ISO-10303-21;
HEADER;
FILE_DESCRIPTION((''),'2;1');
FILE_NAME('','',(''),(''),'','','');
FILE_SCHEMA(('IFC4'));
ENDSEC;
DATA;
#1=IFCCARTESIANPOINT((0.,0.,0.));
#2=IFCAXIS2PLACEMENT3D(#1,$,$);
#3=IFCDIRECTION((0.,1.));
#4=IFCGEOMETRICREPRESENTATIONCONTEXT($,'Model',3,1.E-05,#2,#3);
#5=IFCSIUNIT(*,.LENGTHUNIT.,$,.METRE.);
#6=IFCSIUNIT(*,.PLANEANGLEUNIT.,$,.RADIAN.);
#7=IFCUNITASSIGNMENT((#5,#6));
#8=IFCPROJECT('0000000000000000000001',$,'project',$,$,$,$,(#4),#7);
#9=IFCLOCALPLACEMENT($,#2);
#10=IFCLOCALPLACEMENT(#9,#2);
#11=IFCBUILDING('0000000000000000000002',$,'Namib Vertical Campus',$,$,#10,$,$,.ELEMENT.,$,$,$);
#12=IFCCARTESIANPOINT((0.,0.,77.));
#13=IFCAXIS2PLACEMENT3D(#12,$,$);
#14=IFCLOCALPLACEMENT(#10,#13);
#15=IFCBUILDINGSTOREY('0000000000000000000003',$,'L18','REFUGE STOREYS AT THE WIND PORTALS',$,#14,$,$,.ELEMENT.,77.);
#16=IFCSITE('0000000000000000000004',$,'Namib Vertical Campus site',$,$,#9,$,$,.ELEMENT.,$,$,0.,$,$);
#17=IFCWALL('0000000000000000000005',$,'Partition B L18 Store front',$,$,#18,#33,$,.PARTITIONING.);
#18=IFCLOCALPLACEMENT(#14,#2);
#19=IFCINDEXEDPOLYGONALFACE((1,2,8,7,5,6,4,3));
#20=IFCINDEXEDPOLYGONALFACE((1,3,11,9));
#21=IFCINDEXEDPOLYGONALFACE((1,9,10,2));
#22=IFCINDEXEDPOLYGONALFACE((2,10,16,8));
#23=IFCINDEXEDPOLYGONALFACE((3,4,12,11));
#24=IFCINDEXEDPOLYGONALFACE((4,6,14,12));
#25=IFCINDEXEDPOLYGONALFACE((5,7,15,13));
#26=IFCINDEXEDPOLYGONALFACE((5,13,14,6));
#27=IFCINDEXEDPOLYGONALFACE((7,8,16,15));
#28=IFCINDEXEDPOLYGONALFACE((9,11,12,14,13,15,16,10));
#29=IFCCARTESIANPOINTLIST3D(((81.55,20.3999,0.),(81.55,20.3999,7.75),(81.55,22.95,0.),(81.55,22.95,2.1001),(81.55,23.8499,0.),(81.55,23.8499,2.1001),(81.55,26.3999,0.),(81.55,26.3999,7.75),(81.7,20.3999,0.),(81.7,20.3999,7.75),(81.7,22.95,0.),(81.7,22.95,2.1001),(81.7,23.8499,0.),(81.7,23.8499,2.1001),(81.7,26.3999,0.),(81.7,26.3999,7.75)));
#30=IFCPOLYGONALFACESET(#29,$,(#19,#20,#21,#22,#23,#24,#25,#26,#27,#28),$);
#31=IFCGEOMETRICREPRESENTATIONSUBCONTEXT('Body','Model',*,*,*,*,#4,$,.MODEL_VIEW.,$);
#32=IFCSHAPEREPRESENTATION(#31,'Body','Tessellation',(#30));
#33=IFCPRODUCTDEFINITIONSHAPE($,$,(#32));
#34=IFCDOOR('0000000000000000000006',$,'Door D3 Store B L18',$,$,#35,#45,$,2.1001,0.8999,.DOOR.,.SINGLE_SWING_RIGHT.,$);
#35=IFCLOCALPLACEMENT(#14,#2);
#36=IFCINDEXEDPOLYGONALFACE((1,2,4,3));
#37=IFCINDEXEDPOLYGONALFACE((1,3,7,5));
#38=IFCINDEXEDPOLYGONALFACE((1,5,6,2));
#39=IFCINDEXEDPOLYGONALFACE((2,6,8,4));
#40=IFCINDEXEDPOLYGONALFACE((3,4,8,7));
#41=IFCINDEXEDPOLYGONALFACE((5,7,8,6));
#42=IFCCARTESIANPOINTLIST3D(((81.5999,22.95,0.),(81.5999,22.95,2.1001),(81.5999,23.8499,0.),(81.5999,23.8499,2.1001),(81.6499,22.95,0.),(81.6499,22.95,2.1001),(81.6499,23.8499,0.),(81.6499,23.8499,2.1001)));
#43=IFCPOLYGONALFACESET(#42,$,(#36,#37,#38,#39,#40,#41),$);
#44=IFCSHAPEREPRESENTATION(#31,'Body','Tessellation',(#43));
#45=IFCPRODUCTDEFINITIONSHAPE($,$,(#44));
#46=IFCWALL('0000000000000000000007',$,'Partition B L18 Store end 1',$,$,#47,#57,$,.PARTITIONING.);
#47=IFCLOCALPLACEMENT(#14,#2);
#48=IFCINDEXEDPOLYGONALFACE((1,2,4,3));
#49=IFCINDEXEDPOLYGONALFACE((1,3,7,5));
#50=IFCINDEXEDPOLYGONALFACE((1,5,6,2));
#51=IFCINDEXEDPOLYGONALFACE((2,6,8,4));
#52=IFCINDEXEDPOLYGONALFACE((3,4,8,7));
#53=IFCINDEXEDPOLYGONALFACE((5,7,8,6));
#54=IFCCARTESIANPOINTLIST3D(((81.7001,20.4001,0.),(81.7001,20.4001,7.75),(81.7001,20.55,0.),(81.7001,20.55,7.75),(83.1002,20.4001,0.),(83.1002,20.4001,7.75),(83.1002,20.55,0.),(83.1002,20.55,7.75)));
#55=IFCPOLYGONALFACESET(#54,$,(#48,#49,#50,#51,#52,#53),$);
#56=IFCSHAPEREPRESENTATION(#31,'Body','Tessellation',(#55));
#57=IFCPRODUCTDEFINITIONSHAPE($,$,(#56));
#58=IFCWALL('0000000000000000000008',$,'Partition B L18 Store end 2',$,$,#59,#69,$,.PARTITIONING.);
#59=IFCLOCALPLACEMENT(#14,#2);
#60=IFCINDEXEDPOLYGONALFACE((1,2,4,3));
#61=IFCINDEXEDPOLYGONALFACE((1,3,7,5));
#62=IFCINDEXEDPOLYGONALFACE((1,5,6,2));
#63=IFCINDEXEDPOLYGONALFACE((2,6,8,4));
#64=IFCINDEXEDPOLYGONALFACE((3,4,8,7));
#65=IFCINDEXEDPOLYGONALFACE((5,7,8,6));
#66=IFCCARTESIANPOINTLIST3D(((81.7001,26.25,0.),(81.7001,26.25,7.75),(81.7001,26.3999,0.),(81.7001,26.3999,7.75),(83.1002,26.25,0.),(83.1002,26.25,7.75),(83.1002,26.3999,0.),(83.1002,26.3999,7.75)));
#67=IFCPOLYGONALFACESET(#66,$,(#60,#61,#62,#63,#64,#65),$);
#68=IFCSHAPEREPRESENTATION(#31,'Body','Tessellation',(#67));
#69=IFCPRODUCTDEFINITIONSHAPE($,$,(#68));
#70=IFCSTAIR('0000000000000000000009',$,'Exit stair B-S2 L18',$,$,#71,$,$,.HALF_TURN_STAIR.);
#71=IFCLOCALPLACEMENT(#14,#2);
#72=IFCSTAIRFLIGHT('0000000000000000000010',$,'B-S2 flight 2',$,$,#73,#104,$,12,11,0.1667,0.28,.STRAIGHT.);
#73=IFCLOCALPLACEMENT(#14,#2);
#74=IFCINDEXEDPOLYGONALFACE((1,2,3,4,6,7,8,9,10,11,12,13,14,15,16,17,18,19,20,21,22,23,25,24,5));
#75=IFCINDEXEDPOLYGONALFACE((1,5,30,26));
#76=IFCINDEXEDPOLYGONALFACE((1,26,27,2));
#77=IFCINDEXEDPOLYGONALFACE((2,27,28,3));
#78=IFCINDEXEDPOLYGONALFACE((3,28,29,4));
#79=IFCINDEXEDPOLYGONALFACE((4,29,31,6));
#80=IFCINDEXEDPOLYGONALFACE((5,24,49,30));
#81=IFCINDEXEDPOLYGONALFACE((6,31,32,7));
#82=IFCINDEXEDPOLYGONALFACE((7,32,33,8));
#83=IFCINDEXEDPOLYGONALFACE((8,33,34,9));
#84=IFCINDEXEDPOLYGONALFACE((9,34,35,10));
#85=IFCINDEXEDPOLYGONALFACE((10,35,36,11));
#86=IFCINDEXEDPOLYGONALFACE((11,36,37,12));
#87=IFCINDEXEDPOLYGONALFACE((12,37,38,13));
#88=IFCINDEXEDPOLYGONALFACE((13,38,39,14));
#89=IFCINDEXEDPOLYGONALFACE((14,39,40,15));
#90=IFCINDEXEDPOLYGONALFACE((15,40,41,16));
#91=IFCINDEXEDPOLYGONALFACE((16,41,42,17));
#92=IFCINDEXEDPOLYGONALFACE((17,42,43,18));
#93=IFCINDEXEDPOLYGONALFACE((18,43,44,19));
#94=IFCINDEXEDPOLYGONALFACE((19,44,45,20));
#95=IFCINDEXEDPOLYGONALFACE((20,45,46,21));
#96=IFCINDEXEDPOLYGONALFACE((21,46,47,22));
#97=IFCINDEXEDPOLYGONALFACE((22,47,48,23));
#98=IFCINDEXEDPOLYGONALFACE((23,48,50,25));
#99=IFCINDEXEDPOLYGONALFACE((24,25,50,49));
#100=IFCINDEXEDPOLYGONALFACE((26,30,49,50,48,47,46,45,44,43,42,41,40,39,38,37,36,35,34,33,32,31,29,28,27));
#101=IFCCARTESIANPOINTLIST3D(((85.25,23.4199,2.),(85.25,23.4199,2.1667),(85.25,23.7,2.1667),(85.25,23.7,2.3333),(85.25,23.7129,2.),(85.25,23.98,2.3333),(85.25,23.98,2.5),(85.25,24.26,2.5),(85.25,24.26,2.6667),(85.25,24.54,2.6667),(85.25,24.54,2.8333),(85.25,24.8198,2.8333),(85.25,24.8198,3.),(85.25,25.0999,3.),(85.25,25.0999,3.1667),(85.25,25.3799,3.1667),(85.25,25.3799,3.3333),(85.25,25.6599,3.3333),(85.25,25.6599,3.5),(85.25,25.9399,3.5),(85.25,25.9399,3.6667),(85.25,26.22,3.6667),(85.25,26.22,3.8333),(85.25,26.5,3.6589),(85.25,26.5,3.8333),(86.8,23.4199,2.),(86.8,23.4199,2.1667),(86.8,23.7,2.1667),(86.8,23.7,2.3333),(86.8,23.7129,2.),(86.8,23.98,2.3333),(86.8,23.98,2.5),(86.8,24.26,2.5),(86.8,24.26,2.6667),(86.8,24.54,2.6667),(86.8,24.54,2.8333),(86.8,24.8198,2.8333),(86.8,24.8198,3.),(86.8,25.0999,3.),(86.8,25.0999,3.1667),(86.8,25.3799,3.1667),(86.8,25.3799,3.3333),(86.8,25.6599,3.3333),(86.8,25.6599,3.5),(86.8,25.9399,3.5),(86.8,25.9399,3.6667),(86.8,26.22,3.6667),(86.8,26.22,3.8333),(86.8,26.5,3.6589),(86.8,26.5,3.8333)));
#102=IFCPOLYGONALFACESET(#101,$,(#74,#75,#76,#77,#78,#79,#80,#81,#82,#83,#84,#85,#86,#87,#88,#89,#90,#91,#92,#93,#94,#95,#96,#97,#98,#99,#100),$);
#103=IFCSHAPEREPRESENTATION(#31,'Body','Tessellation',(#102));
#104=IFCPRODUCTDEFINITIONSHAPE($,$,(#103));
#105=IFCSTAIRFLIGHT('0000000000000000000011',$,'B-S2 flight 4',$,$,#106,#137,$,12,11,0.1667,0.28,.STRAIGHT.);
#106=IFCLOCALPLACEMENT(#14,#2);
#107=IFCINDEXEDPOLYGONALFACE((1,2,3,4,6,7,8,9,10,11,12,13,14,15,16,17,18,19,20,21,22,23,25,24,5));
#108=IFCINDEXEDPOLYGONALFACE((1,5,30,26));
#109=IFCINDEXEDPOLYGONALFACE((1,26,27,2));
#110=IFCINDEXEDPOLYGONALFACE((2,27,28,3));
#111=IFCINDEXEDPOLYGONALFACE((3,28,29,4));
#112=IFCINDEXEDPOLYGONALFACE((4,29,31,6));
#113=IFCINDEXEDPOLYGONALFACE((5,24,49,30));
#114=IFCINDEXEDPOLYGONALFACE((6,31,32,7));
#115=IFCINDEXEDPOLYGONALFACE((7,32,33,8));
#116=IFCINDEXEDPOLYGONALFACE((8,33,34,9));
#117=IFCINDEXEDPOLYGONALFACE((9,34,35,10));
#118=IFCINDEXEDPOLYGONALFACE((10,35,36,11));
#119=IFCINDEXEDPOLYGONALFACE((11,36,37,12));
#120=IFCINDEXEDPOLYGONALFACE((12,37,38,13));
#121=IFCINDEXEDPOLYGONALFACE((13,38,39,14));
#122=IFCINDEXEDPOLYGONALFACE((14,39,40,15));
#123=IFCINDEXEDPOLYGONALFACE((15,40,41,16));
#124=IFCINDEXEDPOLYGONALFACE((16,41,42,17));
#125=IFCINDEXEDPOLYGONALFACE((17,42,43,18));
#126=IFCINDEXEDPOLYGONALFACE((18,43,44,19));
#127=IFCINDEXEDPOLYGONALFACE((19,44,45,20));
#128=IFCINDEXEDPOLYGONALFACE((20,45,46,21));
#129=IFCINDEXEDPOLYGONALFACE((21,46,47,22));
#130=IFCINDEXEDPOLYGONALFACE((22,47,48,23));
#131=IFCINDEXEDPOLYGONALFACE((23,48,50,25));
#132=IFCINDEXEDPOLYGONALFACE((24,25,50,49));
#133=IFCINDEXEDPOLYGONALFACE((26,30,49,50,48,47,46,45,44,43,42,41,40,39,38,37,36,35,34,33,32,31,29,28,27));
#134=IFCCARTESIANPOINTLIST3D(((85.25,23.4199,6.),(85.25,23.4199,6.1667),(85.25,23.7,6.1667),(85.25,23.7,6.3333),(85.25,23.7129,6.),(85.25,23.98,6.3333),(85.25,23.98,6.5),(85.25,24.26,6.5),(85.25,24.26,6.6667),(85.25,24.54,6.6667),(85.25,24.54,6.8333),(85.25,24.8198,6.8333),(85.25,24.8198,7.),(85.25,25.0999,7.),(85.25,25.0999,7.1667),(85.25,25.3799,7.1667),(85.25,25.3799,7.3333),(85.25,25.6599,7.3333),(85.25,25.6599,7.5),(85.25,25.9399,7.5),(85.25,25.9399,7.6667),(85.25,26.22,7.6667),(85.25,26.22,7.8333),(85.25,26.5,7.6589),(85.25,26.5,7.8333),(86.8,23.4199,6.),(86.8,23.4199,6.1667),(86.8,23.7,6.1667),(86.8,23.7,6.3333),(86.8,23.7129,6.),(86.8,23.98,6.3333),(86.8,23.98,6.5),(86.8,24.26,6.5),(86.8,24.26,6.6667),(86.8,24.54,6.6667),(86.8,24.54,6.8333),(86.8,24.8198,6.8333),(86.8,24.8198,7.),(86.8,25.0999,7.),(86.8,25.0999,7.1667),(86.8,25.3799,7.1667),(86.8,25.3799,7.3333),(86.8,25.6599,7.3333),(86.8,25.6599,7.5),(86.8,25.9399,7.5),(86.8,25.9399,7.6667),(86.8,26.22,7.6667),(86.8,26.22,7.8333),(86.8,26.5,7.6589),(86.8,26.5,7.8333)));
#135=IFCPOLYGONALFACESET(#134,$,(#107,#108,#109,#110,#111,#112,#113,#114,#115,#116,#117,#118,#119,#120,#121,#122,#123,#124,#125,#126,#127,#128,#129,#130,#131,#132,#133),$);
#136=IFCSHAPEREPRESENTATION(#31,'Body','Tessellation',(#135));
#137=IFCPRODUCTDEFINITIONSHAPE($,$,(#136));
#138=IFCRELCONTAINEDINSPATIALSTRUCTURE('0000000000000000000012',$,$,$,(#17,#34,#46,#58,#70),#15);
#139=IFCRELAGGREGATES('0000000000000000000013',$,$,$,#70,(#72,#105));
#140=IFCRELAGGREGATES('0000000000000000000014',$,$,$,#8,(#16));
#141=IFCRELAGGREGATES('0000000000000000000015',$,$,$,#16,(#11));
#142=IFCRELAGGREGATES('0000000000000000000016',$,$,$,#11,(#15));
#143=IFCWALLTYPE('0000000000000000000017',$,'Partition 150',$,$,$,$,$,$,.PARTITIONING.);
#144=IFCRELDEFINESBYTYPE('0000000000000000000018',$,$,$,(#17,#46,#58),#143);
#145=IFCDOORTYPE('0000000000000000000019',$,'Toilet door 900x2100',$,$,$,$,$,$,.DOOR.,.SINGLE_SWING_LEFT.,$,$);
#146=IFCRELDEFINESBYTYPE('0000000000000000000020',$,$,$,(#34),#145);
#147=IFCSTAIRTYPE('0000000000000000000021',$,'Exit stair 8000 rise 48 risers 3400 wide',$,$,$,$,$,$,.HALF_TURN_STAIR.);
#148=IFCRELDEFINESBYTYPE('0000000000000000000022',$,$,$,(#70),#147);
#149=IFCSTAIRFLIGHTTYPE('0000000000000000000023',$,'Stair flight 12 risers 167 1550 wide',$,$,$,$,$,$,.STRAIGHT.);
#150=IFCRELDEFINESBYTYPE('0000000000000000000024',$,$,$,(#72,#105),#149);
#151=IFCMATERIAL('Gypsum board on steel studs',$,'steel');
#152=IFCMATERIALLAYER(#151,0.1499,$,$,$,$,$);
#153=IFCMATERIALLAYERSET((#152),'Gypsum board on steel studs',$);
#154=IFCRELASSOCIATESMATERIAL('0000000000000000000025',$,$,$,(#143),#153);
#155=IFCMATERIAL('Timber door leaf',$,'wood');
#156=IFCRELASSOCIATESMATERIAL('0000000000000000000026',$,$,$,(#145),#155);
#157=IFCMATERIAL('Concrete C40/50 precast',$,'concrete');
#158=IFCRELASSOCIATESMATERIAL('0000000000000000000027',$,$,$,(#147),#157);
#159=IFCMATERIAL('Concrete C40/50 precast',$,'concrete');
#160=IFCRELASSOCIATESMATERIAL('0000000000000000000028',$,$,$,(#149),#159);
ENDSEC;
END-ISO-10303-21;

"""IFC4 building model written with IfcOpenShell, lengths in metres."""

from ifc_helpers import new_model, si_unit, direction, frame, frame_2d, origin, place, context, subcontext, project, spatial, polyline, rectangle, outline, extrude, material, layer, layer_set, type_object, element, fill, aggregate, save


model = new_model("IFC4")

# Units and contexts
model_context = context("Model", 3, precision=1e-05, world=origin(), true_north=direction((0.0, 1.0)))
body_context = subcontext(model_context, "Body", "Model", "MODEL_VIEW")
ifc_project = project(units=[si_unit("LENGTHUNIT", "METRE"), si_unit("PLANEANGLEUNIT", "RADIAN")], contexts=[model_context])

# Site, building, storey
site_placement = place(None, origin())
site = spatial("IfcSite", under=ifc_project, at=site_placement, Name="Namib Vertical Campus site", CompositionType="ELEMENT", RefElevation=0.0)
building_placement = place(site_placement, origin())
building = spatial("IfcBuilding", under=site, at=building_placement, Name="Namib Vertical Campus", CompositionType="ELEMENT")
storey_placement = place(building_placement, frame((0.0, 0.0, 77.0)))
storey = spatial("IfcBuildingStorey", under=building, at=storey_placement, Name="L18", Description="REFUGE STOREYS AT THE WIND PORTALS", CompositionType="ELEMENT", Elevation=77.0)

# Wall, opening, door
ifc_material_1 = material(Name="Gypsum board on steel studs", Category="steel")
ifc_layer_1 = layer(ifc_material_1, 0.1499)
ifc_layer_set_1 = layer_set([ifc_layer_1], Name="Gypsum board on steel studs")
wall_type_1 = type_object("IfcWallType", Name="Partition 150", PredefinedType="PARTITIONING", material=ifc_layer_set_1)
wall_1_placement = place(storey_placement, frame((81.625, 20.3999, 0.0), z_axis=(0.0, 0.0, 1.0), x_axis=(0.0, 1.0, 0.0)))
wall_1 = element("IfcWall", 1, at=wall_1_placement, inside=storey, type_object=wall_type_1, Name="Partition B L18 Store front", PredefinedType="PARTITIONING", context=body_context, shape_type="SweptSolid", body=[
    extrude(rectangle(XDim=6.0, YDim=0.1499, at=frame_2d((3.0, 0.0))), origin(), (0.0, 0.0, 1.0), 7.75),
])
opening_1_placement = place(wall_1_placement, frame((2.55, 0.0, 0.0)))
opening_1 = element("IfcOpeningElement", 2, at=opening_1_placement, cuts=wall_1, PredefinedType="OPENING", context=body_context, shape_type="SweptSolid", body=[
    extrude(rectangle(XDim=0.8999, YDim=2.1001, at=frame_2d((0.45, 1.05))), frame((0.0, 0.085, 0.0), z_axis=(0.0, -1.0, 0.0), x_axis=(1.0, 0.0, 0.0)), (0.0, 0.0, 1.0), 0.1699),
])
ifc_material_2 = material(Name="Timber door leaf", Category="wood")
door_type_1 = type_object("IfcDoorType", Name="Toilet door 900x2100", OperationType="SINGLE_SWING_LEFT", PredefinedType="DOOR", material=ifc_material_2)
door_1_placement = place(opening_1_placement, frame((0.8999, 0.0, 0.0), z_axis=(0.0, 0.0, 1.0), x_axis=(-1.0, 0.0, 0.0)))
door_1 = element("IfcDoor", 3, at=door_1_placement, inside=storey, type_object=door_type_1, Name="Door D3 Store B L18", OperationType="SINGLE_SWING_RIGHT", OverallHeight=2.1001, OverallWidth=0.8999, PredefinedType="DOOR", context=body_context, shape_type="SweptSolid", body=[
    extrude(rectangle(XDim=0.8999, YDim=2.1001, at=frame_2d((0.45, 1.05))), frame((0.0, 0.0249, 0.0), z_axis=(0.0, -1.0, 0.0), x_axis=(1.0, 0.0, 0.0)), (0.0, 0.0, 1.0), 0.05),
])
fill(opening_1, door_1)

# Walls
for number, where, z_axis, x_axis, name in (
    (4, (81.7, 20.4751, 0.0), (0.0, 0.0, 1.0), (1.0, 0.0, 0.0), "Partition B L18 Store end 1"),
    (5, (81.7, 26.325, 0.0), (0.0, 0.0, 1.0), (1.0, 0.0, 0.0), "Partition B L18 Store end 2"),
):
    element("IfcWall", number, at=place(storey_placement, frame(where, z_axis=z_axis, x_axis=x_axis)), inside=storey, type_object=wall_type_1, Name=name, PredefinedType="PARTITIONING", context=body_context, shape_type="SweptSolid", body=[
        extrude(rectangle(XDim=1.4001, YDim=0.1499, at=frame_2d((0.7002, 0.0))), origin(), (0.0, 0.0, 1.0), 7.75),
    ])

# Stair, stair flights
ifc_material_3 = material(Name="Concrete C40/50 precast", Category="concrete")
stair_type = type_object("IfcStairType", Name="Exit stair 8000 rise 48 risers 3400 wide", PredefinedType="HALF_TURN_STAIR", material=ifc_material_3)
stair_placement = place(storey_placement, origin())
stair = element("IfcStair", 6, at=stair_placement, inside=storey, type_object=stair_type, Name="Exit stair B-S2 L18", PredefinedType="HALF_TURN_STAIR")
ifc_material_4 = material(Name="Concrete C40/50 precast", Category="concrete")
stair_flight_type = type_object("IfcStairFlightType", Name="Stair flight 12 risers 167 1550 wide", PredefinedType="STRAIGHT", material=ifc_material_4)
stair_flight_1_placement = place(storey_placement, frame((86.0249, 23.4199, 2.0), z_axis=(0.0, 0.0, 1.0), x_axis=(0.0, 1.0, 0.0)))
stair_flight_1 = element("IfcStairFlight", 7, at=stair_flight_1_placement, type_object=stair_flight_type, Name="B-S2 flight 2", NumberOfRisers=12, NumberOfTreads=11, PredefinedType="STRAIGHT", RiserHeight=0.1667, TreadLength=0.28, context=body_context, shape_type="SweptSolid", body=[
    extrude(outline(polyline([(0.0, 0.0), (0.0, 0.1667), (0.28, 0.1667), (0.28, 0.3333), (0.5601, 0.3333), (0.5601, 0.5), (0.8401, 0.5), (0.8401, 0.6667), (1.1201, 0.6667), (1.1201, 0.8333), (1.3999, 0.8333), (1.3999, 1.0), (1.6799, 1.0), (1.6799, 1.1667), (1.96, 1.1667), (1.96, 1.3333), (2.24, 1.3333), (2.24, 1.5), (2.52, 1.5), (2.52, 1.6667), (2.8, 1.6667), (2.8, 1.8333), (3.0801, 1.8333), (3.0801, 2.0), (3.0801, 1.6589), (0.293, 0.0), (0.0, 0.0)])), frame((0.0, 0.7749, 0.0), z_axis=(0.0, -1.0, 0.0), x_axis=(1.0, 0.0, 0.0)), (0.0, 0.0, 1.0), 1.55),
])
stair_flight_2_placement = place(storey_placement, frame((86.0249, 23.4199, 6.0), z_axis=(0.0, 0.0, 1.0), x_axis=(0.0, 1.0, 0.0)))
stair_flight_2 = element("IfcStairFlight", 8, at=stair_flight_2_placement, type_object=stair_flight_type, Name="B-S2 flight 4", NumberOfRisers=12, NumberOfTreads=11, PredefinedType="STRAIGHT", RiserHeight=0.1667, TreadLength=0.28, context=body_context, shape_type="SweptSolid", body=[
    extrude(outline(polyline([(0.0, 0.0), (0.0, 0.1667), (0.28, 0.1667), (0.28, 0.3333), (0.5601, 0.3333), (0.5601, 0.5), (0.8401, 0.5), (0.8401, 0.6667), (1.1201, 0.6667), (1.1201, 0.8333), (1.3999, 0.8333), (1.3999, 1.0), (1.6799, 1.0), (1.6799, 1.1667), (1.96, 1.1667), (1.96, 1.3333), (2.24, 1.3333), (2.24, 1.5), (2.52, 1.5), (2.52, 1.6667), (2.8, 1.6667), (2.8, 1.8333), (3.0801, 1.8333), (3.0801, 2.0), (3.0801, 1.6589), (0.293, 0.0), (0.0, 0.0)])), frame((0.0, 0.7749, 0.0), z_axis=(0.0, -1.0, 0.0), x_axis=(1.0, 0.0, 0.0)), (0.0, 0.0, 1.0), 1.55),
])
aggregate(stair, [stair_flight_1, stair_flight_2])

save(model, "model.ifc")
